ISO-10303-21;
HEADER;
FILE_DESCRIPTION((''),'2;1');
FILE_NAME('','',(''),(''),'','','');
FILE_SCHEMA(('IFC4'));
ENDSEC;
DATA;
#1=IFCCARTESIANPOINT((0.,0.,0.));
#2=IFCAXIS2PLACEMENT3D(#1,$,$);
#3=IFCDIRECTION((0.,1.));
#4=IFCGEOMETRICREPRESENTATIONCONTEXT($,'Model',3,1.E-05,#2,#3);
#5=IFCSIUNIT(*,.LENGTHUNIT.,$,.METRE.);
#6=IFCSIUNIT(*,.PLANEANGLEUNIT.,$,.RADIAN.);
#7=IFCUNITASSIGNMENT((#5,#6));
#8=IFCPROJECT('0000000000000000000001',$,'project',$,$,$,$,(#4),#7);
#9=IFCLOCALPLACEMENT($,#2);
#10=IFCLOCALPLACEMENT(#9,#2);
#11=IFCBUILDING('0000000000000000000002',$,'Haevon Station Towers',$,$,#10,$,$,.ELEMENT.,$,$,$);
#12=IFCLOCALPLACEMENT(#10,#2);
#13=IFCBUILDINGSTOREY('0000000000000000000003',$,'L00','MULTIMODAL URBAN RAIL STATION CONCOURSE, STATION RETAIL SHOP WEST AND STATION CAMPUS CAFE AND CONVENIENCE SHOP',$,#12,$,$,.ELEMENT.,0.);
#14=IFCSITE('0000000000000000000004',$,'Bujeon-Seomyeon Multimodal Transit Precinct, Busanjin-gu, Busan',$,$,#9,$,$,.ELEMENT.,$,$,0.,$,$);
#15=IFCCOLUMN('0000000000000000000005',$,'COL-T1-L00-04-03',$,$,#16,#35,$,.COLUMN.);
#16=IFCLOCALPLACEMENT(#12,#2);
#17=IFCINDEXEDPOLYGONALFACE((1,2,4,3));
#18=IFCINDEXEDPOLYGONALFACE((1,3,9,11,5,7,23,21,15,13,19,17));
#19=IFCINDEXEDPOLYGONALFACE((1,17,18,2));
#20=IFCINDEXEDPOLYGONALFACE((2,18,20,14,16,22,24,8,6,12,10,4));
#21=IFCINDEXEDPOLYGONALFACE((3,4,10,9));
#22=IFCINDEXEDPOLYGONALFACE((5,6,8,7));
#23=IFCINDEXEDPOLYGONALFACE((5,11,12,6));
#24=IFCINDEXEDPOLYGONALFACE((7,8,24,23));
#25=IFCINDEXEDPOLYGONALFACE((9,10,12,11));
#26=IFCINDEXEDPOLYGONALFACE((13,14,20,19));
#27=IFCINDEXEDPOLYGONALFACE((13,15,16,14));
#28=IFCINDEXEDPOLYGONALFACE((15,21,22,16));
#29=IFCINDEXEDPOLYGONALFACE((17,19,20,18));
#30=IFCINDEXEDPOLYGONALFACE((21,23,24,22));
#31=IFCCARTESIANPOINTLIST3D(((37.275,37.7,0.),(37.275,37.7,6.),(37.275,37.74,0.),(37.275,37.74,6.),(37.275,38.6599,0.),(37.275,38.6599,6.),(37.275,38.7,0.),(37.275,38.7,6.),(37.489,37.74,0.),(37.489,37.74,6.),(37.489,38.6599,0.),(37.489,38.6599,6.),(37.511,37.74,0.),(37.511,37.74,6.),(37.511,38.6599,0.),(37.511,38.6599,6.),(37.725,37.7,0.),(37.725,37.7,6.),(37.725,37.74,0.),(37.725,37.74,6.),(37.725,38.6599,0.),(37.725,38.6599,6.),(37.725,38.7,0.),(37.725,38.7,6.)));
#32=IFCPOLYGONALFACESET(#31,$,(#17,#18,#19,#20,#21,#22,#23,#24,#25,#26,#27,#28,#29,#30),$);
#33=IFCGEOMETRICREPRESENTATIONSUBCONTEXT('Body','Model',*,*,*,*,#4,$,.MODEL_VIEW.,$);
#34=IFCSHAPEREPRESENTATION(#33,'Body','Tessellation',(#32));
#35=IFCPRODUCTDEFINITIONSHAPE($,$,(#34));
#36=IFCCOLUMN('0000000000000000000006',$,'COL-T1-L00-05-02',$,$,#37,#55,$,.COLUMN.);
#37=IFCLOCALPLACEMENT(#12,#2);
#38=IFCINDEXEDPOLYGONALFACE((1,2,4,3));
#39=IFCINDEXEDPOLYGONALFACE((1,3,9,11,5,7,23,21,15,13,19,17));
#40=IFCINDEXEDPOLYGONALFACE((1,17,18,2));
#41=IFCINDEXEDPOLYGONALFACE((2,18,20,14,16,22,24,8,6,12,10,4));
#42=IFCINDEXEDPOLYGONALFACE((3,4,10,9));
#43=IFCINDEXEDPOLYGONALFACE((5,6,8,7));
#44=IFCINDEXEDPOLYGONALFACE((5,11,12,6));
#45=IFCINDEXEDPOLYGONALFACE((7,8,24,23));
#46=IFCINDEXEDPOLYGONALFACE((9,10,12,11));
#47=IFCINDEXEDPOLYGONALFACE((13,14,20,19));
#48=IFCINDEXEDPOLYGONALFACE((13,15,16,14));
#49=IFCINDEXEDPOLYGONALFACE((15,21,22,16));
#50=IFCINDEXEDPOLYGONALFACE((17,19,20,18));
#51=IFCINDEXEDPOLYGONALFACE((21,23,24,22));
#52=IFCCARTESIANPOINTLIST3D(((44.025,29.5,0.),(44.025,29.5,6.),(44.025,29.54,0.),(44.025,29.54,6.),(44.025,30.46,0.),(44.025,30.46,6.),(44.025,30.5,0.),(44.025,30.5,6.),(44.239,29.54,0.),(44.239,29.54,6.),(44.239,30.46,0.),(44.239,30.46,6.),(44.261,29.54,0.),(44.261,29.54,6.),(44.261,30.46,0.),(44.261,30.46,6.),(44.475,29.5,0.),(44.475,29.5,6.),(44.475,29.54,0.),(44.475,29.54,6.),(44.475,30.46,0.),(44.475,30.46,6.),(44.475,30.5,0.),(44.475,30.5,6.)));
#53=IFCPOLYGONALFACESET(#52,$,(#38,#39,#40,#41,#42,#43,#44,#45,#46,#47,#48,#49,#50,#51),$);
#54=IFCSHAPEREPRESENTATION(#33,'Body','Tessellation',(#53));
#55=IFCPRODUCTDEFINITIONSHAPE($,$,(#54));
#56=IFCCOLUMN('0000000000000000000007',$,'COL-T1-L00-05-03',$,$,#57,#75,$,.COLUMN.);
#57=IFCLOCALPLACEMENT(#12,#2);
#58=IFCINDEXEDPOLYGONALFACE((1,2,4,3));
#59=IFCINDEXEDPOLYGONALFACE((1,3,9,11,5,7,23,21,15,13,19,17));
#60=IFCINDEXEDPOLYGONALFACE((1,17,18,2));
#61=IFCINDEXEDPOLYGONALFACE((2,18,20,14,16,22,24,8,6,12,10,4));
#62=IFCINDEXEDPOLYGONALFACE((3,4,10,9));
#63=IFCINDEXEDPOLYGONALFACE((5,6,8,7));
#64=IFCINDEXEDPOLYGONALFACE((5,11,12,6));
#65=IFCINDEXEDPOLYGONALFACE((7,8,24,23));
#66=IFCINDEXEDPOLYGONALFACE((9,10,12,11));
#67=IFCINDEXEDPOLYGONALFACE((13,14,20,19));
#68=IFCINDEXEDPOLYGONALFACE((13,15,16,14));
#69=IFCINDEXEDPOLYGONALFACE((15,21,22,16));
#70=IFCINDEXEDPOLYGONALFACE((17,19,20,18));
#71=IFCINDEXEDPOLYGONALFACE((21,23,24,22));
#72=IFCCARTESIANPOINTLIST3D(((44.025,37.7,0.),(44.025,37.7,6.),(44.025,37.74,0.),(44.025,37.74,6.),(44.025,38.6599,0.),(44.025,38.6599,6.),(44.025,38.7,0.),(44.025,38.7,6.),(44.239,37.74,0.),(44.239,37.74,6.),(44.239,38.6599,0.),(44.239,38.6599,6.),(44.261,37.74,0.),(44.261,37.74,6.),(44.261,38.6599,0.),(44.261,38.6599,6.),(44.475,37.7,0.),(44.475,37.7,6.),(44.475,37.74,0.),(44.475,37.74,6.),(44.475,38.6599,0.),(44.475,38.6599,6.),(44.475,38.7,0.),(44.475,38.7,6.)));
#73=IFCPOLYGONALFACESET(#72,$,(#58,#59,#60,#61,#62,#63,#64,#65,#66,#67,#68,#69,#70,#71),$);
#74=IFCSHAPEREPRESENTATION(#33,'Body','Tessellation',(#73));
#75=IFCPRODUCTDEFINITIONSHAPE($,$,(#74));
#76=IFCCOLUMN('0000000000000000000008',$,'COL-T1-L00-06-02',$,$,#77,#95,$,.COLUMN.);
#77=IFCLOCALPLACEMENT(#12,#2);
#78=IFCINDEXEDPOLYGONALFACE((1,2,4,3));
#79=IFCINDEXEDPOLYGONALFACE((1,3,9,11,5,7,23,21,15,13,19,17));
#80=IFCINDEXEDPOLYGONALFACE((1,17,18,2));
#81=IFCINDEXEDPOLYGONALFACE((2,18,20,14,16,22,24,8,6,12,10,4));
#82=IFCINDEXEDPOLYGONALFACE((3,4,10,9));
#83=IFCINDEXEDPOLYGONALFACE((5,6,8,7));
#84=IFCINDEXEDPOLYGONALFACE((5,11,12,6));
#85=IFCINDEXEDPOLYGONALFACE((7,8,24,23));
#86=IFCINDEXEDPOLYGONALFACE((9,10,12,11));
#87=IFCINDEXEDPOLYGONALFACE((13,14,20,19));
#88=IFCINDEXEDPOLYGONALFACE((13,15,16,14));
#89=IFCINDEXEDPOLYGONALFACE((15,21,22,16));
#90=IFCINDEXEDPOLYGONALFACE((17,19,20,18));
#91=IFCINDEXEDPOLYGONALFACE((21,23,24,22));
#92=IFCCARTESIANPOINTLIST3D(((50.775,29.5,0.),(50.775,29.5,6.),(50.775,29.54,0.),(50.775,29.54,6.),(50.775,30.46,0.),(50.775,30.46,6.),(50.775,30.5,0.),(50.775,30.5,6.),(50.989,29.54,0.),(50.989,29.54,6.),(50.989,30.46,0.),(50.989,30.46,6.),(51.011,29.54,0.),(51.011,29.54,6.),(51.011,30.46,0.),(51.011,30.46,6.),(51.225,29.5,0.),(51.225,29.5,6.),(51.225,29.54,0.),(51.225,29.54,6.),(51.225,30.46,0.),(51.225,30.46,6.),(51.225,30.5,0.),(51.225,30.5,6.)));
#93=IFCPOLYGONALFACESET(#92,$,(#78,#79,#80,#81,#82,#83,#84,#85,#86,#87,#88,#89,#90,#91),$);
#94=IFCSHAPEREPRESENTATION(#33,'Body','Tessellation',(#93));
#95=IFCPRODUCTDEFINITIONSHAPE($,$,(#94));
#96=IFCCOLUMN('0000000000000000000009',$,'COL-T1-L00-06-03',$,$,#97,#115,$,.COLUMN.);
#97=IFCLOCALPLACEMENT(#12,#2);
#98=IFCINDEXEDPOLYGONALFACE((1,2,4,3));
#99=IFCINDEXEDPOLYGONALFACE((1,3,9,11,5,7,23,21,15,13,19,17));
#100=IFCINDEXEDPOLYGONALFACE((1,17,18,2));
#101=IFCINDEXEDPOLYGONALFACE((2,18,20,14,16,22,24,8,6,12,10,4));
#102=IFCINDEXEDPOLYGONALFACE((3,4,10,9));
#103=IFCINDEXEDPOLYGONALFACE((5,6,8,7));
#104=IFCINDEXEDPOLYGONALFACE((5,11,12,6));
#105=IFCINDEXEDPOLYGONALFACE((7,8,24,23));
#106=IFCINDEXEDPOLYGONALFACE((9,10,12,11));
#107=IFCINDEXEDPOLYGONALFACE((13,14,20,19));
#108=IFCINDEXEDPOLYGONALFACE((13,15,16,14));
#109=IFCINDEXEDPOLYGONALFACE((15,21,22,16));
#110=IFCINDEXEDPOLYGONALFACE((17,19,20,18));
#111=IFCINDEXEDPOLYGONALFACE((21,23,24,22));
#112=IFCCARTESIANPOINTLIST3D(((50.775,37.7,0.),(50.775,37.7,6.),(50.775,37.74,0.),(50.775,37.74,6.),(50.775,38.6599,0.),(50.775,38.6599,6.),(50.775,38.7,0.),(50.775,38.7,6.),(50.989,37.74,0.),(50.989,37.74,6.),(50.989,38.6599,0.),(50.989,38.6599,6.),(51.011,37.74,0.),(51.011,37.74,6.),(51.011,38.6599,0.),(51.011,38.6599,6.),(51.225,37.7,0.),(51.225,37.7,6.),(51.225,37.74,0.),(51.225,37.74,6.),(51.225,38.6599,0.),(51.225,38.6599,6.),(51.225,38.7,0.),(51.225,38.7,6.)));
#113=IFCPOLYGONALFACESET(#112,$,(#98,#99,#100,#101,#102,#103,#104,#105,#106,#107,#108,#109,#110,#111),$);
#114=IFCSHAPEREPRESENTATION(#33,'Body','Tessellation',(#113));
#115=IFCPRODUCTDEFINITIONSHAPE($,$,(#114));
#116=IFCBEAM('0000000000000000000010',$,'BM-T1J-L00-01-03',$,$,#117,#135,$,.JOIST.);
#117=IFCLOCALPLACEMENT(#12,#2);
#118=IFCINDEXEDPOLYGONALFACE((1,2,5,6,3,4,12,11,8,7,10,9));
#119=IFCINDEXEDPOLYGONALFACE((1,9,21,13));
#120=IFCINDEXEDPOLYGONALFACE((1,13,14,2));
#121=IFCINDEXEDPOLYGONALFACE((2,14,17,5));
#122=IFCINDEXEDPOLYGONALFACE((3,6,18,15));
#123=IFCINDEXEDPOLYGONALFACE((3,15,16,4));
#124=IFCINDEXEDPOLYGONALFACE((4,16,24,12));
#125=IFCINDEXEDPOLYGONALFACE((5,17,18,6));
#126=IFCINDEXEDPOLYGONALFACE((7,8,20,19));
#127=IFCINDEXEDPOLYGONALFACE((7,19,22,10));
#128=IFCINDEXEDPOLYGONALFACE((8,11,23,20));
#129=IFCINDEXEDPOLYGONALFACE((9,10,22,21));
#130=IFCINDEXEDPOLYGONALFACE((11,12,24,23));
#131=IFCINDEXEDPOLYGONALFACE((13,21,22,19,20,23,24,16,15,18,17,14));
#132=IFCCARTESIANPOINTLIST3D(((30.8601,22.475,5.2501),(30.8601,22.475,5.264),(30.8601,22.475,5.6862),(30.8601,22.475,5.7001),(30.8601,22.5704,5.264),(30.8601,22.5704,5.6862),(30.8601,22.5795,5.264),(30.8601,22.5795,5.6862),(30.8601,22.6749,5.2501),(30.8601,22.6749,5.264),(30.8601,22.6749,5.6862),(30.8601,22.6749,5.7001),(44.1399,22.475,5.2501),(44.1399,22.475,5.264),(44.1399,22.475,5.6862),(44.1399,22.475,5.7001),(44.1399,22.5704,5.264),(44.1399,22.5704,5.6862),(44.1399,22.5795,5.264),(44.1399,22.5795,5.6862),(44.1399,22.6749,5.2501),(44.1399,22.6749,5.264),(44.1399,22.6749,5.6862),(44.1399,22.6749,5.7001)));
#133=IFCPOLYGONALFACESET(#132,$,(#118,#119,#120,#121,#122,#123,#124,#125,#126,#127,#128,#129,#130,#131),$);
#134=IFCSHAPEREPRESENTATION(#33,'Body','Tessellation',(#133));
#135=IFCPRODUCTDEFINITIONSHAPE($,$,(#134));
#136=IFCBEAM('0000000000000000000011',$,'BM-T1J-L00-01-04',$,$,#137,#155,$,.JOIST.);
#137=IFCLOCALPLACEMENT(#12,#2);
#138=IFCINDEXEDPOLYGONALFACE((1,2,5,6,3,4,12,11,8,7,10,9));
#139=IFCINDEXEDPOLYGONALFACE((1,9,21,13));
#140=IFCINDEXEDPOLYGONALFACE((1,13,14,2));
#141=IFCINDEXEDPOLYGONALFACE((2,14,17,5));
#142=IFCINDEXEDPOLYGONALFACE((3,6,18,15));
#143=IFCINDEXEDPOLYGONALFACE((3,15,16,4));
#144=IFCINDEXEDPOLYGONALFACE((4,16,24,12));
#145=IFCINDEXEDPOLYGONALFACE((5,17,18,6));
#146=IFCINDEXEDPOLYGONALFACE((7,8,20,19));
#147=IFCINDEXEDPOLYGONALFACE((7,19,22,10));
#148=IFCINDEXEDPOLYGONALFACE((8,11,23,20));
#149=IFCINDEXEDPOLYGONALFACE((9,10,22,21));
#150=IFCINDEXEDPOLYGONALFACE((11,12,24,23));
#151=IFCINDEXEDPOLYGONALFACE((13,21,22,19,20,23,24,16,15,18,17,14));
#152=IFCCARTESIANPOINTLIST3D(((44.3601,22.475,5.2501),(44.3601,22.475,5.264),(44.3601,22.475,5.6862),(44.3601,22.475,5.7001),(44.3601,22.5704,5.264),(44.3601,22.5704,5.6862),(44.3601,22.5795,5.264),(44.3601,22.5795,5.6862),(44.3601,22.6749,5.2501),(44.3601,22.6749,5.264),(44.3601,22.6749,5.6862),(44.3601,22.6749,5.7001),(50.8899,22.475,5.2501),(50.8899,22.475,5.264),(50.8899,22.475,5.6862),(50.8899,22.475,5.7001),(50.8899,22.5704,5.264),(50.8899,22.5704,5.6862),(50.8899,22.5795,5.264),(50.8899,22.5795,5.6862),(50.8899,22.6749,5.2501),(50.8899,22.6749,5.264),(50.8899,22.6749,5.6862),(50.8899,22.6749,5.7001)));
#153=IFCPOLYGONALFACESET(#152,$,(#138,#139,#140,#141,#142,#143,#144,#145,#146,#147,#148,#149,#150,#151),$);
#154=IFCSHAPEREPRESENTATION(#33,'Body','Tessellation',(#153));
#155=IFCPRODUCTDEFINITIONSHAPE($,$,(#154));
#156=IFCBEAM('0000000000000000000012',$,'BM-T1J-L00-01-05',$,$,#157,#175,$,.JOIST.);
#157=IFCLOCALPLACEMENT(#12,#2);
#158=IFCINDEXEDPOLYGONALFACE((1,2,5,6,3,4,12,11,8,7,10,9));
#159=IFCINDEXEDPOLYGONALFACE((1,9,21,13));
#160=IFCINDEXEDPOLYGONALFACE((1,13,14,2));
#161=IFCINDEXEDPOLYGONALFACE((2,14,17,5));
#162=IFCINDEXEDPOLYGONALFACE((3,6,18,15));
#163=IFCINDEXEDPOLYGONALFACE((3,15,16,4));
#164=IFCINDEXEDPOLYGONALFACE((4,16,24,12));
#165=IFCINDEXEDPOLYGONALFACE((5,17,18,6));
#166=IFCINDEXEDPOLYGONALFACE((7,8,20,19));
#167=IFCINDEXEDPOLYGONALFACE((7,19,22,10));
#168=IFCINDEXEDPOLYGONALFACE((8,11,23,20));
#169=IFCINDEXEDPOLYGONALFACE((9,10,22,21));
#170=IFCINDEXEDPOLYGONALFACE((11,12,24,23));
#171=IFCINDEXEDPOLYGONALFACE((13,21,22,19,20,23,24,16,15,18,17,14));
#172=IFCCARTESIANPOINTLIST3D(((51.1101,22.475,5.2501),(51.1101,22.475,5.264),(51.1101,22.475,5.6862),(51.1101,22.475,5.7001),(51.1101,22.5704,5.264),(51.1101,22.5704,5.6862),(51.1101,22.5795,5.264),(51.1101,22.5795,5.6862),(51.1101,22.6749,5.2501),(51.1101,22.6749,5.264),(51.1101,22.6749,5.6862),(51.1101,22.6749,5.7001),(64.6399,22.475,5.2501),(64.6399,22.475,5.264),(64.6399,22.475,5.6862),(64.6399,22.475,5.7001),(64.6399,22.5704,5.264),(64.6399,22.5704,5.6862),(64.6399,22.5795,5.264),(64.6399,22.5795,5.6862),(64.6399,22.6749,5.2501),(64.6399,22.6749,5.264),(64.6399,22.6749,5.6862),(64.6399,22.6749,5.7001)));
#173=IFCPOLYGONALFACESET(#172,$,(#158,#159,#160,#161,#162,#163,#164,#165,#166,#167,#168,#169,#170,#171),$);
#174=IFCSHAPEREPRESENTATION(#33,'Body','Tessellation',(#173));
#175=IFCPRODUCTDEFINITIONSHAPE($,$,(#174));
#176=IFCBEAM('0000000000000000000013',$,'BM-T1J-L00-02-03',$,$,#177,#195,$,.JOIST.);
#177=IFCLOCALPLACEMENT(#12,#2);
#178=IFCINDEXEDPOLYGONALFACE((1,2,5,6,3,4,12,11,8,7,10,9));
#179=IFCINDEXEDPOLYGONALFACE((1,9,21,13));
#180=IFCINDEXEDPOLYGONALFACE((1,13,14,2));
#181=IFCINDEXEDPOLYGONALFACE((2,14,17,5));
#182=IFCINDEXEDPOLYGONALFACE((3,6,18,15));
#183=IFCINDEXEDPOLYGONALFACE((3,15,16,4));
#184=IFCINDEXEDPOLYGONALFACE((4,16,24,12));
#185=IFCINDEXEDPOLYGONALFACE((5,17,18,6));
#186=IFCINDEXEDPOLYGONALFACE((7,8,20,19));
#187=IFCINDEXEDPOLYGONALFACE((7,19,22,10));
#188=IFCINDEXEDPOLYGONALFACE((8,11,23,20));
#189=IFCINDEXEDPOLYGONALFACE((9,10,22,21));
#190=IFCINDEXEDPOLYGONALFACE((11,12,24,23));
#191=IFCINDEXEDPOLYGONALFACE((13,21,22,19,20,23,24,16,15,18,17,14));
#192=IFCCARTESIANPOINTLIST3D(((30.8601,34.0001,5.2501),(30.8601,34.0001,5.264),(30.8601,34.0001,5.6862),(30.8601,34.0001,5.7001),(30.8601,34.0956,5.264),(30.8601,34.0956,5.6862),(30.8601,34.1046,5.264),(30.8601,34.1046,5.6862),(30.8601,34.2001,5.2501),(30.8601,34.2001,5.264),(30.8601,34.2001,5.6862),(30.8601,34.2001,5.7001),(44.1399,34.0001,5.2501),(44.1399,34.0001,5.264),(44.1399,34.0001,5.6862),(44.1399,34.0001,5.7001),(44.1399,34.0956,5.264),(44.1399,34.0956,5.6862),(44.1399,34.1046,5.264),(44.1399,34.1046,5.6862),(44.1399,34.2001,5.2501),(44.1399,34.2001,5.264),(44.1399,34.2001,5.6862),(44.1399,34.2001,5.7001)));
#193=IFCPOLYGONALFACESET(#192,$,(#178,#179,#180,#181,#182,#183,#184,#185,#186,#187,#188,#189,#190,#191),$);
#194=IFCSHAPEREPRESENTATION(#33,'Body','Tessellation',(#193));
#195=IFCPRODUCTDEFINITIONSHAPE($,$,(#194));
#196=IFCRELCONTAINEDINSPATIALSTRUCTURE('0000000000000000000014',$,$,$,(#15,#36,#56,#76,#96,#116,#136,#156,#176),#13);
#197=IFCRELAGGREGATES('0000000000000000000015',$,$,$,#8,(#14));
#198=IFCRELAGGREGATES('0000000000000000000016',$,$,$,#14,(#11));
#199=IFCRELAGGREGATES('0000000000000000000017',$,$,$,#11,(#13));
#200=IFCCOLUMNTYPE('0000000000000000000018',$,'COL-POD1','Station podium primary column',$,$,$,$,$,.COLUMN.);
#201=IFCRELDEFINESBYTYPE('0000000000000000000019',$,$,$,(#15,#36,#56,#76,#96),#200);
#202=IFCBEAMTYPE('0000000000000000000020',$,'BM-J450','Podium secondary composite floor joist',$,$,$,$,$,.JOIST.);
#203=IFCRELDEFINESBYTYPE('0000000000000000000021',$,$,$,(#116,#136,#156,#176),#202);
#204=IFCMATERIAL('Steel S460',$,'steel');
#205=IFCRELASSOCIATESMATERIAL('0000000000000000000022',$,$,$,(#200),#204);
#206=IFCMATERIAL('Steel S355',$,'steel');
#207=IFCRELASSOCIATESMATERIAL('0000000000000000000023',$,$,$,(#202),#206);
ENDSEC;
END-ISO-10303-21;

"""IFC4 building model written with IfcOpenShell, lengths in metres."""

from ifc_helpers import new_model, si_unit, direction, frame, origin, origin_2d, place, context, subcontext, project, spatial, i_section, extrude, material, material_profile, profile_set, type_object, element, save


model = new_model("IFC4")

# Units and contexts
model_context = context("Model", 3, precision=1e-05, world=origin(), true_north=direction((0.0, 1.0)))
body_context = subcontext(model_context, "Body", "Model", "MODEL_VIEW")
ifc_project = project(units=[si_unit("LENGTHUNIT", "METRE"), si_unit("PLANEANGLEUNIT", "RADIAN")], contexts=[model_context])

# Site, building, storey
site_placement = place(None, origin())
site = spatial("IfcSite", under=ifc_project, at=site_placement, Name="Bujeon-Seomyeon Multimodal Transit Precinct, Busanjin-gu, Busan", CompositionType="ELEMENT", RefElevation=0.0)
building_placement = place(site_placement, origin())
building = spatial("IfcBuilding", under=site, at=building_placement, Name="Haevon Station Towers", CompositionType="ELEMENT")
storey_placement = place(building_placement, origin())
storey = spatial("IfcBuildingStorey", under=building, at=storey_placement, Name="L00", Description="MULTIMODAL URBAN RAIL STATION CONCOURSE, STATION RETAIL SHOP WEST AND STATION CAMPUS CAFE AND CONVENIENCE SHOP", CompositionType="ELEMENT", Elevation=0.0)

# Columns
ifc_material_1 = material(Name="Steel S460", Category="steel")
ifc_material_profile_1 = material_profile(ifc_material_1, i_section(OverallWidth=0.45, OverallDepth=1.0, WebThickness=0.022, FlangeThickness=0.04, at=origin_2d()), Name="H-1000x450x22x40")
ifc_profile_set_1 = profile_set([ifc_material_profile_1], Name="Steel S460")
column_type = type_object("IfcColumnType", Name="COL-POD1", Description="Station podium primary column", PredefinedType="COLUMN", material=ifc_profile_set_1)
for number, where, z_axis, x_axis, name in (
    (1, (37.5, 38.2, 0.0), (0.0, 0.0, 1.0), (1.0, 0.0, 0.0), "COL-T1-L00-04-03"),
    (2, (44.25, 30.0, 0.0), (0.0, 0.0, 1.0), (1.0, 0.0, 0.0), "COL-T1-L00-05-02"),
    (3, (44.25, 38.2, 0.0), (0.0, 0.0, 1.0), (1.0, 0.0, 0.0), "COL-T1-L00-05-03"),
    (4, (51.0, 30.0, 0.0), (0.0, 0.0, 1.0), (1.0, 0.0, 0.0), "COL-T1-L00-06-02"),
    (5, (51.0, 38.2, 0.0), (0.0, 0.0, 1.0), (1.0, 0.0, 0.0), "COL-T1-L00-06-03"),
):
    element("IfcColumn", number, at=place(storey_placement, frame(where, z_axis=z_axis, x_axis=x_axis)), inside=storey, type_object=column_type, Name=name, PredefinedType="COLUMN", context=body_context, shape_type="SweptSolid", body=[
        extrude(i_section(OverallWidth=0.45, OverallDepth=1.0, WebThickness=0.022, FlangeThickness=0.04, at=origin_2d()), origin(), (0.0, 0.0, 1.0), 6.0),
    ])

# Beams
ifc_material_2 = material(Name="Steel S355", Category="steel")
ifc_material_profile_2 = material_profile(ifc_material_2, i_section(OverallWidth=0.2, OverallDepth=0.45, WebThickness=0.009, FlangeThickness=0.0139, at=origin_2d()), Name="H-450x200x9x14")
ifc_profile_set_2 = profile_set([ifc_material_profile_2], Name="Steel S355")
beam_type_1 = type_object("IfcBeamType", Name="BM-J450", Description="Podium secondary composite floor joist", PredefinedType="JOIST", material=ifc_profile_set_2)
beam_1_placement = place(storey_placement, frame((30.8601, 22.575, 5.4751), z_axis=(1.0, 0.0, 0.0), x_axis=(0.0, 1.0, 0.0)))
element("IfcBeam", 6, at=beam_1_placement, inside=storey, type_object=beam_type_1, Name="BM-T1J-L00-01-03", PredefinedType="JOIST", context=body_context, shape_type="SweptSolid", body=[
    extrude(i_section(OverallWidth=0.2, OverallDepth=0.45, WebThickness=0.009, FlangeThickness=0.0139, at=origin_2d()), origin(), (0.0, 0.0, 1.0), 13.2798),
])
beam_2_placement = place(storey_placement, frame((44.3601, 22.575, 5.4751), z_axis=(1.0, 0.0, 0.0), x_axis=(0.0, 1.0, 0.0)))
element("IfcBeam", 7, at=beam_2_placement, inside=storey, type_object=beam_type_1, Name="BM-T1J-L00-01-04", PredefinedType="JOIST", context=body_context, shape_type="SweptSolid", body=[
    extrude(i_section(OverallWidth=0.2, OverallDepth=0.45, WebThickness=0.009, FlangeThickness=0.0139, at=origin_2d()), origin(), (0.0, 0.0, 1.0), 6.5298),
])
beam_3_placement = place(storey_placement, frame((51.1101, 22.575, 5.4751), z_axis=(1.0, 0.0, 0.0), x_axis=(0.0, 1.0, 0.0)))
element("IfcBeam", 8, at=beam_3_placement, inside=storey, type_object=beam_type_1, Name="BM-T1J-L00-01-05", PredefinedType="JOIST", context=body_context, shape_type="SweptSolid", body=[
    extrude(i_section(OverallWidth=0.2, OverallDepth=0.45, WebThickness=0.009, FlangeThickness=0.0139, at=origin_2d()), origin(), (0.0, 0.0, 1.0), 13.5298),
])
beam_4_placement = place(storey_placement, frame((30.8601, 34.1001, 5.4751), z_axis=(1.0, 0.0, 0.0), x_axis=(0.0, 1.0, 0.0)))
element("IfcBeam", 9, at=beam_4_placement, inside=storey, type_object=beam_type_1, Name="BM-T1J-L00-02-03", PredefinedType="JOIST", context=body_context, shape_type="SweptSolid", body=[
    extrude(i_section(OverallWidth=0.2, OverallDepth=0.45, WebThickness=0.009, FlangeThickness=0.0139, at=origin_2d()), origin(), (0.0, 0.0, 1.0), 13.2798),
])

save(model, "model.ifc")
